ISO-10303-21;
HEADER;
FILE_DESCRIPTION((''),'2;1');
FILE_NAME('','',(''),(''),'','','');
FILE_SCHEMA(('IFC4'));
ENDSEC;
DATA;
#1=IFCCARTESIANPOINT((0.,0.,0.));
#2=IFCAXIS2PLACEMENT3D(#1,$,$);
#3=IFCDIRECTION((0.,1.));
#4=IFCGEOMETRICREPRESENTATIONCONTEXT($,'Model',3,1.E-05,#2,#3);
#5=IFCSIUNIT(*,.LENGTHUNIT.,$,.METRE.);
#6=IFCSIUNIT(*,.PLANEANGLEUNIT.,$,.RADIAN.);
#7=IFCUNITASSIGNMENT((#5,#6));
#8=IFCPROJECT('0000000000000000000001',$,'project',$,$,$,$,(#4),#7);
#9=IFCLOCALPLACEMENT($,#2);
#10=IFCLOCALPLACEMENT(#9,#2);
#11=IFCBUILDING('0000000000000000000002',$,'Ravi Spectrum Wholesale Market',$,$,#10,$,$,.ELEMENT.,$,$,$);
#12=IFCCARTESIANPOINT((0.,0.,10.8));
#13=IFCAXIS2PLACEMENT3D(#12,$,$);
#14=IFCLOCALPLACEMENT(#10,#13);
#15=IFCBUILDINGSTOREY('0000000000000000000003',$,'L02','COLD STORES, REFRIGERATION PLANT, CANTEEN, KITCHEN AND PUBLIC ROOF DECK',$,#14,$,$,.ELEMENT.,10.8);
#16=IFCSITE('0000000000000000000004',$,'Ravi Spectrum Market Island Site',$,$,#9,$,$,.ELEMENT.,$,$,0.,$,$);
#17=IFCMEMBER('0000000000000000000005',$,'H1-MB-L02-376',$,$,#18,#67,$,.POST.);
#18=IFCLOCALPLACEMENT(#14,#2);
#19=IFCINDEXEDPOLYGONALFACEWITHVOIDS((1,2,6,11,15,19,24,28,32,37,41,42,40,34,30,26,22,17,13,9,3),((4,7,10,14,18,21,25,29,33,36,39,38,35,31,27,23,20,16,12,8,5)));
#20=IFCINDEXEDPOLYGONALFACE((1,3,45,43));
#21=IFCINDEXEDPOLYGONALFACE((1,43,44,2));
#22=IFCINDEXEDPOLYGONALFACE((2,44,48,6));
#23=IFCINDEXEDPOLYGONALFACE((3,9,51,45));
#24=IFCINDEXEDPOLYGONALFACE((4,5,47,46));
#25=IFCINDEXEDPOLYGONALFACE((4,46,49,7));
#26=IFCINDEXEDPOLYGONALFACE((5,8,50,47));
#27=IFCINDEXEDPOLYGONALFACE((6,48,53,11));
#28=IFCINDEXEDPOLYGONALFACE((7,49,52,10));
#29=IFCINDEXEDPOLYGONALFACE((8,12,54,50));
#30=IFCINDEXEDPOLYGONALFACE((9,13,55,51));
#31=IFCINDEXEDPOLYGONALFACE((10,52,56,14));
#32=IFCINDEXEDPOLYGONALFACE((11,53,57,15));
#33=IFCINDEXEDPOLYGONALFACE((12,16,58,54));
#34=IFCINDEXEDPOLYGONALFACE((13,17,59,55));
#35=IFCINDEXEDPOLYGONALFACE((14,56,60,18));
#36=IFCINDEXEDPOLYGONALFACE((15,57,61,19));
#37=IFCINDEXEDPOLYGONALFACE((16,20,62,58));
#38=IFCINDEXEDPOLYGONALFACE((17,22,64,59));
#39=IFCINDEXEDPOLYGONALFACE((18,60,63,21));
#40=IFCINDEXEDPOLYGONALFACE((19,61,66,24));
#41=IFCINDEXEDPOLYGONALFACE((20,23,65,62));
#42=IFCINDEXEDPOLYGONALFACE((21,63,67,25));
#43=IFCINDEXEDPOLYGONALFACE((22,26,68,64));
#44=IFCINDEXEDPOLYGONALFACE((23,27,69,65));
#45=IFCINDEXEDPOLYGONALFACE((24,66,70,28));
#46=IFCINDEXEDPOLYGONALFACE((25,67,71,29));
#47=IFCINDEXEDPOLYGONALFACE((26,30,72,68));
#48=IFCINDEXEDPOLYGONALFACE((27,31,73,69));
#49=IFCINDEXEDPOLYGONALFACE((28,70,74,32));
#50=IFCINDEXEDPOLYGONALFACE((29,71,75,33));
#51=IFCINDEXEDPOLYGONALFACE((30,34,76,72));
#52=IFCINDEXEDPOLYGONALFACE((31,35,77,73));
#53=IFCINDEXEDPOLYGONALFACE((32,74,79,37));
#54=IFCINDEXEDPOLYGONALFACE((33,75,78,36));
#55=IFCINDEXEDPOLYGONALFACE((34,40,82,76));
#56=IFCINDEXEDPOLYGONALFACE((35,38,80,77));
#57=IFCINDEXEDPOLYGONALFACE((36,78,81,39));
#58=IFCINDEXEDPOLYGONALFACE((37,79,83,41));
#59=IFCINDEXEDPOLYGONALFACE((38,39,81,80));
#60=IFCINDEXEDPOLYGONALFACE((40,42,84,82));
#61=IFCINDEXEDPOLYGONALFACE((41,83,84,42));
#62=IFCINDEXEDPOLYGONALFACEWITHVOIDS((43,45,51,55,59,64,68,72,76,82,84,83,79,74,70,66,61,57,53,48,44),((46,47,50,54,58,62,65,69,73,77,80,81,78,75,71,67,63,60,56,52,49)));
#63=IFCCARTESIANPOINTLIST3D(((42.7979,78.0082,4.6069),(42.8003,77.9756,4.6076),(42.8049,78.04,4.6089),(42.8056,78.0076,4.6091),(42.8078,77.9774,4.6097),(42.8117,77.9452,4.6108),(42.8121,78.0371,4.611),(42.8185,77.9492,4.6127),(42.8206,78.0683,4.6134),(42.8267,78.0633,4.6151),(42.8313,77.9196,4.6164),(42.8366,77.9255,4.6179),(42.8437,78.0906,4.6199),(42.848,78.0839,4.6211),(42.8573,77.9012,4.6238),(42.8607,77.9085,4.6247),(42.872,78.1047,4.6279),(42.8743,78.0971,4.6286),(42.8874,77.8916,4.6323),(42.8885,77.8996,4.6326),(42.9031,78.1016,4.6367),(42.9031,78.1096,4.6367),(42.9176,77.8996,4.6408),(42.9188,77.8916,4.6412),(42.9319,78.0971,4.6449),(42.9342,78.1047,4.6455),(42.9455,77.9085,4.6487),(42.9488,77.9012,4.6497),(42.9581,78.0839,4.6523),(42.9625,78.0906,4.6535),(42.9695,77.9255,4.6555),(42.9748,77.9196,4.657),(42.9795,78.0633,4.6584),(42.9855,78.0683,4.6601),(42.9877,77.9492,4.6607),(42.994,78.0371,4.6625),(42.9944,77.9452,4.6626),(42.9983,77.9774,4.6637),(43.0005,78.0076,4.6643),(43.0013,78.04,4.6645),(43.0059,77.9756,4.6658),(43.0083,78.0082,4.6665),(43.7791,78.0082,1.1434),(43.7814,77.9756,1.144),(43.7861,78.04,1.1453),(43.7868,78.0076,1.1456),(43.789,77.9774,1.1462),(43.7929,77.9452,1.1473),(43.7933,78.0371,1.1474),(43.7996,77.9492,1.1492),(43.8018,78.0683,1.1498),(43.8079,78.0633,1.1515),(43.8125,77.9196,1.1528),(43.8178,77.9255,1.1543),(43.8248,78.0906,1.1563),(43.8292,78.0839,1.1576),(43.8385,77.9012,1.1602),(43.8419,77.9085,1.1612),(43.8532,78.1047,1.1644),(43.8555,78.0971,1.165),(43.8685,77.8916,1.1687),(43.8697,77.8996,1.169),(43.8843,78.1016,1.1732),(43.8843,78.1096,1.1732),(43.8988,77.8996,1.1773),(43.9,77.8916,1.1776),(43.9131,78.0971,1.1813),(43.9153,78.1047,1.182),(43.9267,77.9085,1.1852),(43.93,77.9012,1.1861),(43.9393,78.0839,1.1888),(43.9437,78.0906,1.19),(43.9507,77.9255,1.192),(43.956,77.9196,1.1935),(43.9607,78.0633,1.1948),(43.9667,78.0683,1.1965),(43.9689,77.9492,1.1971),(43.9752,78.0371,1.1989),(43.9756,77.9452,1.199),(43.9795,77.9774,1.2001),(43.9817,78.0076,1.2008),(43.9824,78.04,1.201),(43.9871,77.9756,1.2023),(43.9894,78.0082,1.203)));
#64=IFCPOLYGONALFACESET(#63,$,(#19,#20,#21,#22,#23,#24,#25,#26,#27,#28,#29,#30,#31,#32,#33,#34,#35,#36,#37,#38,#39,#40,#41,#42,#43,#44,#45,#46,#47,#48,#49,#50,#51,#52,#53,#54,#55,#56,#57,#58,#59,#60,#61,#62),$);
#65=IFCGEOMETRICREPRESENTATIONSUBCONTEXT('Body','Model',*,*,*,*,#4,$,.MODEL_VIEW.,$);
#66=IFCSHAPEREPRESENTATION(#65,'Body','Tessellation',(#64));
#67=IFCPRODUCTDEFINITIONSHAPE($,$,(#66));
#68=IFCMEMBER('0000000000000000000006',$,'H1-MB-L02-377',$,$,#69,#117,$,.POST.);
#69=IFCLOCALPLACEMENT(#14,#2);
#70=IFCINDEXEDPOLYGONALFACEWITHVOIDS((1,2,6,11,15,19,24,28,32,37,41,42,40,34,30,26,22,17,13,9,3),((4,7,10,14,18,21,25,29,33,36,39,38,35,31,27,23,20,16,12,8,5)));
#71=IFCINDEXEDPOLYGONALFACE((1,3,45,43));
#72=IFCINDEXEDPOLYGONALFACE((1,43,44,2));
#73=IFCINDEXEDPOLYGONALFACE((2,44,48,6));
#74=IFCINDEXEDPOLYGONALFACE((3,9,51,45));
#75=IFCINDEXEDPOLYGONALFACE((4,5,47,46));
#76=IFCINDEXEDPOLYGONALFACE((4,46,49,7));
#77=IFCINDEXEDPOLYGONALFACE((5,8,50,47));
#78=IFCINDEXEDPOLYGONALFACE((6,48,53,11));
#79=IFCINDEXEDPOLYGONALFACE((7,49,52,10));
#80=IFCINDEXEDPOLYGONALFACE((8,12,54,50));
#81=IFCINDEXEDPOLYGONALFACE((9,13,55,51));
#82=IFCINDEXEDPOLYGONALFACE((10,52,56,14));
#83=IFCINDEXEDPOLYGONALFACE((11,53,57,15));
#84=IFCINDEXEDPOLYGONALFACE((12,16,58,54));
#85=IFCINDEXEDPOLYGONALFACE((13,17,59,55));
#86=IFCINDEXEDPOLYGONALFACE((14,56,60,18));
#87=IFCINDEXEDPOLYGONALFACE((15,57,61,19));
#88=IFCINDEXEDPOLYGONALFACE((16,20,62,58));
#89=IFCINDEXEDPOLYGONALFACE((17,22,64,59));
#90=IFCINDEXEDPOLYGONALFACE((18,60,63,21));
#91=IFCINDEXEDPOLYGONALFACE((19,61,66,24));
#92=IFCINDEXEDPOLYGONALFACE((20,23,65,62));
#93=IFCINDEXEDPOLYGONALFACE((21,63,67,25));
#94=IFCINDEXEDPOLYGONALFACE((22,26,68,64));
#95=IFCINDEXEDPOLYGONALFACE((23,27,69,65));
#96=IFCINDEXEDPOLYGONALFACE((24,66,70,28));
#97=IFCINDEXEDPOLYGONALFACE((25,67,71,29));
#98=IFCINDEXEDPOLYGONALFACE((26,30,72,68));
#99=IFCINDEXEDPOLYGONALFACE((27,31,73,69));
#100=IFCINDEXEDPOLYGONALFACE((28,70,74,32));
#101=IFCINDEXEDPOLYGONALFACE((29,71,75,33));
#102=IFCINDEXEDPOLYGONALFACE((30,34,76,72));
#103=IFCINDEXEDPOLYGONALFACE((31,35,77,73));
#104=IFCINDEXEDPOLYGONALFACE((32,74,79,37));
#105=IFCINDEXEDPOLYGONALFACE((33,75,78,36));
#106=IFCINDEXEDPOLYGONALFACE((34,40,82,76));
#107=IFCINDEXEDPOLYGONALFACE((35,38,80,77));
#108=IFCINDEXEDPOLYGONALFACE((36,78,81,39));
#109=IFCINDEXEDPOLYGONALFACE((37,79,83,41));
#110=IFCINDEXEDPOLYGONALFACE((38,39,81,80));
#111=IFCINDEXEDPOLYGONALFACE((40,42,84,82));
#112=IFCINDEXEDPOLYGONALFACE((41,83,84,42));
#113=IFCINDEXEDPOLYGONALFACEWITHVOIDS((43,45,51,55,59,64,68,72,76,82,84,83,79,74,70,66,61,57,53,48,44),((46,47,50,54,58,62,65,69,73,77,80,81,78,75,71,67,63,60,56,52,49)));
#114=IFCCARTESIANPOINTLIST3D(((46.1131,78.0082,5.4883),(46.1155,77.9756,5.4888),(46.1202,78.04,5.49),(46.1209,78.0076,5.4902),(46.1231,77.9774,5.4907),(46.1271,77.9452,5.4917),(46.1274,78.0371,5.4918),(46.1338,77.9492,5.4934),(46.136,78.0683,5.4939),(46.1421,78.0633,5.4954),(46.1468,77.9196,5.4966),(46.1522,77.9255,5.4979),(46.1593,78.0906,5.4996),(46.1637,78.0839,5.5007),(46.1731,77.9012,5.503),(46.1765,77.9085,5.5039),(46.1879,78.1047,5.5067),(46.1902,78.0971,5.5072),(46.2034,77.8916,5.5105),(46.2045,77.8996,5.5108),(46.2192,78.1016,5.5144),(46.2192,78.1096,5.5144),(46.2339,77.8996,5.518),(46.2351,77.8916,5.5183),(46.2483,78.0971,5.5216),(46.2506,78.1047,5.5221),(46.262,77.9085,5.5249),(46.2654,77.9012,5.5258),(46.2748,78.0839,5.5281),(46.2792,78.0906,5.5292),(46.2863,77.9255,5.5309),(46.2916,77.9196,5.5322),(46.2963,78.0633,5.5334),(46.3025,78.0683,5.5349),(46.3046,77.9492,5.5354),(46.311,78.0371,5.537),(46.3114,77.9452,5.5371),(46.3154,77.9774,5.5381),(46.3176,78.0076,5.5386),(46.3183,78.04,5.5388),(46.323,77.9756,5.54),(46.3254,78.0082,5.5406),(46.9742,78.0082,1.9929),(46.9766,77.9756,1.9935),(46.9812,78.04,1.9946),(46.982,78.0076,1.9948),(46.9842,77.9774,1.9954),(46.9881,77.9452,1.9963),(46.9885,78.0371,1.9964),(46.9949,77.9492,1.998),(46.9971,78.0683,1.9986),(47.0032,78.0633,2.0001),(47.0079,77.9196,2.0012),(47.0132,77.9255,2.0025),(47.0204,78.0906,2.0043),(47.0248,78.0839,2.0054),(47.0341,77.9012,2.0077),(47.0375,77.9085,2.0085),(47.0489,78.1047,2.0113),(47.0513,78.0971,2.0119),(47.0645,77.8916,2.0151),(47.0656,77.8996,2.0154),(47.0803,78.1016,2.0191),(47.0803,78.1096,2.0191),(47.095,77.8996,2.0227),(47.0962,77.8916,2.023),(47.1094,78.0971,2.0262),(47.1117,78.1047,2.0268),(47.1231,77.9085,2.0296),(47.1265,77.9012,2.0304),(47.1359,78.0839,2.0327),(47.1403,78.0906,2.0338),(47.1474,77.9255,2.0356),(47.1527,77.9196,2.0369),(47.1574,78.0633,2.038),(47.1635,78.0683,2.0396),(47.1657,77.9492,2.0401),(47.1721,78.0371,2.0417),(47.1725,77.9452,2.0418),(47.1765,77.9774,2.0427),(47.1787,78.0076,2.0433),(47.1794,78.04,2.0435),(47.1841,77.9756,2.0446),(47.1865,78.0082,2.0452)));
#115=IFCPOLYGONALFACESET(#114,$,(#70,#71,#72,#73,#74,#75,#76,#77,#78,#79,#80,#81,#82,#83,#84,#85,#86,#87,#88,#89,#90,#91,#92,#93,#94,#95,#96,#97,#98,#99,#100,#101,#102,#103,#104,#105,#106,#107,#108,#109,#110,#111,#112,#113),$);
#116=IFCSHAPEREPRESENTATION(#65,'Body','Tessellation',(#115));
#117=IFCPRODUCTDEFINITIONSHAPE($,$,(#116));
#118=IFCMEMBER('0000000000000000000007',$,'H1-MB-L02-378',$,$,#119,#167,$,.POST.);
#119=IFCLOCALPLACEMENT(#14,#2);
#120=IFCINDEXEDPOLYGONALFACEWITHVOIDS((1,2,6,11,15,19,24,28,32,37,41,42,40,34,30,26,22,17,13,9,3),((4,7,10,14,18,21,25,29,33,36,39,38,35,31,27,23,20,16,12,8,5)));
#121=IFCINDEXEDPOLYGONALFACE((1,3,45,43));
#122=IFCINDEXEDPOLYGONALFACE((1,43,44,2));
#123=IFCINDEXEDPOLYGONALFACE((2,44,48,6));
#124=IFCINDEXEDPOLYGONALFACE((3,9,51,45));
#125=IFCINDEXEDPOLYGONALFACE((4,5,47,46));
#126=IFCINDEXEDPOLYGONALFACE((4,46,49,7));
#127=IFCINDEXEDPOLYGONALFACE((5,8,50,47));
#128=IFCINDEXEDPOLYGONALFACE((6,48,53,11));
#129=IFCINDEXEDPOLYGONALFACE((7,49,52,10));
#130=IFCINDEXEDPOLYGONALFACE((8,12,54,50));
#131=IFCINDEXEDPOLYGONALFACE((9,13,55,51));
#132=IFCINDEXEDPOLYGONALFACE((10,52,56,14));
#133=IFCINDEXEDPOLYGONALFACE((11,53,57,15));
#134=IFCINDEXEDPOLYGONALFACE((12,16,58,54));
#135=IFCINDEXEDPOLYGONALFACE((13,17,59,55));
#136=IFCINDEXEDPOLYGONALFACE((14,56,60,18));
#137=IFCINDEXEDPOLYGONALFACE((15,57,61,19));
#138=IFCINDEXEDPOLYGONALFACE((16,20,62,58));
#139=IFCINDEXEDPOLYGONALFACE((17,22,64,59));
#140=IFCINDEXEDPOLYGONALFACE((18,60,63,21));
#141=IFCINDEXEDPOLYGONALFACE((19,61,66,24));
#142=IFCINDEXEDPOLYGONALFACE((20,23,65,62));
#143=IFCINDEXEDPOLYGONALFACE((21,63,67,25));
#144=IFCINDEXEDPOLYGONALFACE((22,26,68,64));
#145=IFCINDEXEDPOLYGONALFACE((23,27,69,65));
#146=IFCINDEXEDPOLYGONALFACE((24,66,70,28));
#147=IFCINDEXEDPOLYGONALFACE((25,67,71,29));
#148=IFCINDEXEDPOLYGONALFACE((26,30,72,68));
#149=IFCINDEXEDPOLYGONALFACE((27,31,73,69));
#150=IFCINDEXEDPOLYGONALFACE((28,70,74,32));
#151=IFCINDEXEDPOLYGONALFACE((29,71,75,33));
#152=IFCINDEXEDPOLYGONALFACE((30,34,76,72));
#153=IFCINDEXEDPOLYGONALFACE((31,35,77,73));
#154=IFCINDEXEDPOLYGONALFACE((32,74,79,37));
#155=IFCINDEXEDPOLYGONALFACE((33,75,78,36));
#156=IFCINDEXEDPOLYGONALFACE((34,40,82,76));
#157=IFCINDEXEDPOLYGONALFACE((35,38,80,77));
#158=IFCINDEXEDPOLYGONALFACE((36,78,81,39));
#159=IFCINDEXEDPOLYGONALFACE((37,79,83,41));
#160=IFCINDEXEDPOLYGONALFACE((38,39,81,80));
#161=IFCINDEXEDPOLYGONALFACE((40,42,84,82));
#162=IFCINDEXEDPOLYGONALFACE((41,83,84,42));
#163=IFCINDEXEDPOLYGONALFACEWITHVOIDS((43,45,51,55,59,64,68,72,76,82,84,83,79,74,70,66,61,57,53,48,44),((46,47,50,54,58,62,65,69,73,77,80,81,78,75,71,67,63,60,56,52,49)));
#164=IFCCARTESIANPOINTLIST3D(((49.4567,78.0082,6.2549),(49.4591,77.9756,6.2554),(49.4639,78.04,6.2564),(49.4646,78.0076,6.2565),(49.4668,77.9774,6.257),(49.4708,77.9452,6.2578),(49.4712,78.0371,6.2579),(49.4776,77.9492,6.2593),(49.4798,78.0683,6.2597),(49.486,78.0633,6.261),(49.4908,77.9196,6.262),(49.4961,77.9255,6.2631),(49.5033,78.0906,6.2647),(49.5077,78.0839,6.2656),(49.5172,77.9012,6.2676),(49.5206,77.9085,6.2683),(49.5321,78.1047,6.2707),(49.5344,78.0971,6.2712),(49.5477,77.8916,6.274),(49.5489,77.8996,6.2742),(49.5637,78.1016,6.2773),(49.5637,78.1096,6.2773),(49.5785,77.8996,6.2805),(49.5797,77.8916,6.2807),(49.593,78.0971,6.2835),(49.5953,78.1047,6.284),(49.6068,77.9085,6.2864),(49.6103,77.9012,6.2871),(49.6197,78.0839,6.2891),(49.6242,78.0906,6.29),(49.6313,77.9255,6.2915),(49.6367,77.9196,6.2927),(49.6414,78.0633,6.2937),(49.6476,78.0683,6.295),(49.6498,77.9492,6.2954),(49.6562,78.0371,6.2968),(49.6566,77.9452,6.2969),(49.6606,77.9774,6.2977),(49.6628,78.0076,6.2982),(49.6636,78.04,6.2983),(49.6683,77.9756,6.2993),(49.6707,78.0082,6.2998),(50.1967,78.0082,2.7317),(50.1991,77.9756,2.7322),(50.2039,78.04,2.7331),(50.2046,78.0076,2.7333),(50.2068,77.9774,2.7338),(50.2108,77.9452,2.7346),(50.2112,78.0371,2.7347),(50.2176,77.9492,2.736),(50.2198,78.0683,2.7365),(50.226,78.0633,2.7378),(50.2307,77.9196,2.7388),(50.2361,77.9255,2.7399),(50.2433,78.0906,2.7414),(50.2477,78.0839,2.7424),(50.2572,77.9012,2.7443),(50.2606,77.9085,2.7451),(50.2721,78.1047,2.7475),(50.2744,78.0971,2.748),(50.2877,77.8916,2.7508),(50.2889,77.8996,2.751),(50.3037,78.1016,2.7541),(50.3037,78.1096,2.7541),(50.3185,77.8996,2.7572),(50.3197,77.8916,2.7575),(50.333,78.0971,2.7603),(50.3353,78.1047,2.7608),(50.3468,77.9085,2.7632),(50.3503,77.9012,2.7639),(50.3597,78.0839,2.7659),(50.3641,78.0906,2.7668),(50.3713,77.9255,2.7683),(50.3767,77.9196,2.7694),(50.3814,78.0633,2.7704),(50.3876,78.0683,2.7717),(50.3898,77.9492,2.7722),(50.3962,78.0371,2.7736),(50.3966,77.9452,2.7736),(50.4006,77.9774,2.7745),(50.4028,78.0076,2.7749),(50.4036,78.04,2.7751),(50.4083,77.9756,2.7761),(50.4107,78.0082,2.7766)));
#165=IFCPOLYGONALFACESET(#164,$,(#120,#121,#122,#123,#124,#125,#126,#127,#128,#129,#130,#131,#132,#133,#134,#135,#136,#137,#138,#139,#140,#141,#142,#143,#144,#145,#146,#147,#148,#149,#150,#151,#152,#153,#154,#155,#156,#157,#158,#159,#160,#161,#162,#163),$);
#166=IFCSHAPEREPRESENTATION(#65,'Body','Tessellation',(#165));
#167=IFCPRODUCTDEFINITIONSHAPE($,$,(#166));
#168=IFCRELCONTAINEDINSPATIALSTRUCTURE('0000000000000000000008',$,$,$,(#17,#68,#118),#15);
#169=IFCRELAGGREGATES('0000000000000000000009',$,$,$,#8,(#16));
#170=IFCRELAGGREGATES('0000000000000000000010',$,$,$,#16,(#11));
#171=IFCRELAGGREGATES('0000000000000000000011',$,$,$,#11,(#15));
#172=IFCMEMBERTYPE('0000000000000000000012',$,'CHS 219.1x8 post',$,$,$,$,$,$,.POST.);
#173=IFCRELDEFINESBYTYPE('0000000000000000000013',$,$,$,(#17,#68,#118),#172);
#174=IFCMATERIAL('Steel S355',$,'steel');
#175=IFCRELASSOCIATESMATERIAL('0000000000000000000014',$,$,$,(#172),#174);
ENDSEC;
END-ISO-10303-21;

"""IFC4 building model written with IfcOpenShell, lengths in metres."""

from ifc_helpers import new_model, si_unit, direction, frame, origin, origin_2d, place, context, subcontext, project, spatial, hollow_circle, extrude, material, material_profile, profile_set, type_object, element, save


model = new_model("IFC4")

# Units and contexts
model_context = context("Model", 3, precision=1e-05, world=origin(), true_north=direction((0.0, 1.0)))
body_context = subcontext(model_context, "Body", "Model", "MODEL_VIEW")
ifc_project = project(units=[si_unit("LENGTHUNIT", "METRE"), si_unit("PLANEANGLEUNIT", "RADIAN")], contexts=[model_context])

# Site, building, storey
site_placement = place(None, origin())
site = spatial("IfcSite", under=ifc_project, at=site_placement, Name="Ravi Spectrum Market Island Site", CompositionType="ELEMENT", RefElevation=0.0)
building_placement = place(site_placement, origin())
building = spatial("IfcBuilding", under=site, at=building_placement, Name="Ravi Spectrum Wholesale Market", CompositionType="ELEMENT")
storey_placement = place(building_placement, frame((0.0, 0.0, 10.8)))
storey = spatial("IfcBuildingStorey", under=building, at=storey_placement, Name="L02", Description="COLD STORES, REFRIGERATION PLANT, CANTEEN, KITCHEN AND PUBLIC ROOF DECK", CompositionType="ELEMENT", Elevation=10.8)

# Members
ifc_material_1 = material(Name="Steel S355", Category="steel")
ifc_material_profile_1 = material_profile(ifc_material_1, hollow_circle(Radius=0.1096, WallThickness=0.0081, at=origin_2d()))
ifc_profile_set_1 = profile_set([ifc_material_profile_1], Name="Steel S355")
member_type_1 = type_object("IfcMemberType", Name="CHS 219.1x8 post", PredefinedType="POST", material=ifc_profile_set_1)
for number, where, z_axis, x_axis, name in (
    (1, (42.9031, 78.0, 4.6367), (0.272562, 0.0, -0.962138), (0.0, 1.0, 0.0), "H1-MB-L02-376"),
    (2, (46.2192, 78.0, 5.5144), (0.239199, 0.0, -0.970971), (0.0, 1.0, 0.0), "H1-MB-L02-377"),
):
    element("IfcMember", number, at=place(storey_placement, frame(where, z_axis=z_axis, x_axis=x_axis)), inside=storey, type_object=member_type_1, Name=name, PredefinedType="POST", context=body_context, shape_type="SweptSolid", body=[
        extrude(hollow_circle(Radius=0.1096, WallThickness=0.0081, at=origin_2d()), origin(), (0.0, 0.0, 1.0), 3.5999),
    ])
for number, where, z_axis, x_axis, name in (
    (3, (49.5637, 78.0, 6.2773), (0.205549, 0.0, -0.978647), (0.0, 1.0, 0.0), "H1-MB-L02-378"),
):
    element("IfcMember", number, at=place(storey_placement, frame(where, z_axis=z_axis, x_axis=x_axis)), inside=storey, type_object=member_type_1, Name=name, PredefinedType="POST", context=body_context, shape_type="SweptSolid", body=[
        extrude(hollow_circle(Radius=0.1096, WallThickness=0.0081, at=origin_2d()), origin(), (0.0, 0.0, 1.0), 3.6001),
    ])

save(model, "model.ifc")
